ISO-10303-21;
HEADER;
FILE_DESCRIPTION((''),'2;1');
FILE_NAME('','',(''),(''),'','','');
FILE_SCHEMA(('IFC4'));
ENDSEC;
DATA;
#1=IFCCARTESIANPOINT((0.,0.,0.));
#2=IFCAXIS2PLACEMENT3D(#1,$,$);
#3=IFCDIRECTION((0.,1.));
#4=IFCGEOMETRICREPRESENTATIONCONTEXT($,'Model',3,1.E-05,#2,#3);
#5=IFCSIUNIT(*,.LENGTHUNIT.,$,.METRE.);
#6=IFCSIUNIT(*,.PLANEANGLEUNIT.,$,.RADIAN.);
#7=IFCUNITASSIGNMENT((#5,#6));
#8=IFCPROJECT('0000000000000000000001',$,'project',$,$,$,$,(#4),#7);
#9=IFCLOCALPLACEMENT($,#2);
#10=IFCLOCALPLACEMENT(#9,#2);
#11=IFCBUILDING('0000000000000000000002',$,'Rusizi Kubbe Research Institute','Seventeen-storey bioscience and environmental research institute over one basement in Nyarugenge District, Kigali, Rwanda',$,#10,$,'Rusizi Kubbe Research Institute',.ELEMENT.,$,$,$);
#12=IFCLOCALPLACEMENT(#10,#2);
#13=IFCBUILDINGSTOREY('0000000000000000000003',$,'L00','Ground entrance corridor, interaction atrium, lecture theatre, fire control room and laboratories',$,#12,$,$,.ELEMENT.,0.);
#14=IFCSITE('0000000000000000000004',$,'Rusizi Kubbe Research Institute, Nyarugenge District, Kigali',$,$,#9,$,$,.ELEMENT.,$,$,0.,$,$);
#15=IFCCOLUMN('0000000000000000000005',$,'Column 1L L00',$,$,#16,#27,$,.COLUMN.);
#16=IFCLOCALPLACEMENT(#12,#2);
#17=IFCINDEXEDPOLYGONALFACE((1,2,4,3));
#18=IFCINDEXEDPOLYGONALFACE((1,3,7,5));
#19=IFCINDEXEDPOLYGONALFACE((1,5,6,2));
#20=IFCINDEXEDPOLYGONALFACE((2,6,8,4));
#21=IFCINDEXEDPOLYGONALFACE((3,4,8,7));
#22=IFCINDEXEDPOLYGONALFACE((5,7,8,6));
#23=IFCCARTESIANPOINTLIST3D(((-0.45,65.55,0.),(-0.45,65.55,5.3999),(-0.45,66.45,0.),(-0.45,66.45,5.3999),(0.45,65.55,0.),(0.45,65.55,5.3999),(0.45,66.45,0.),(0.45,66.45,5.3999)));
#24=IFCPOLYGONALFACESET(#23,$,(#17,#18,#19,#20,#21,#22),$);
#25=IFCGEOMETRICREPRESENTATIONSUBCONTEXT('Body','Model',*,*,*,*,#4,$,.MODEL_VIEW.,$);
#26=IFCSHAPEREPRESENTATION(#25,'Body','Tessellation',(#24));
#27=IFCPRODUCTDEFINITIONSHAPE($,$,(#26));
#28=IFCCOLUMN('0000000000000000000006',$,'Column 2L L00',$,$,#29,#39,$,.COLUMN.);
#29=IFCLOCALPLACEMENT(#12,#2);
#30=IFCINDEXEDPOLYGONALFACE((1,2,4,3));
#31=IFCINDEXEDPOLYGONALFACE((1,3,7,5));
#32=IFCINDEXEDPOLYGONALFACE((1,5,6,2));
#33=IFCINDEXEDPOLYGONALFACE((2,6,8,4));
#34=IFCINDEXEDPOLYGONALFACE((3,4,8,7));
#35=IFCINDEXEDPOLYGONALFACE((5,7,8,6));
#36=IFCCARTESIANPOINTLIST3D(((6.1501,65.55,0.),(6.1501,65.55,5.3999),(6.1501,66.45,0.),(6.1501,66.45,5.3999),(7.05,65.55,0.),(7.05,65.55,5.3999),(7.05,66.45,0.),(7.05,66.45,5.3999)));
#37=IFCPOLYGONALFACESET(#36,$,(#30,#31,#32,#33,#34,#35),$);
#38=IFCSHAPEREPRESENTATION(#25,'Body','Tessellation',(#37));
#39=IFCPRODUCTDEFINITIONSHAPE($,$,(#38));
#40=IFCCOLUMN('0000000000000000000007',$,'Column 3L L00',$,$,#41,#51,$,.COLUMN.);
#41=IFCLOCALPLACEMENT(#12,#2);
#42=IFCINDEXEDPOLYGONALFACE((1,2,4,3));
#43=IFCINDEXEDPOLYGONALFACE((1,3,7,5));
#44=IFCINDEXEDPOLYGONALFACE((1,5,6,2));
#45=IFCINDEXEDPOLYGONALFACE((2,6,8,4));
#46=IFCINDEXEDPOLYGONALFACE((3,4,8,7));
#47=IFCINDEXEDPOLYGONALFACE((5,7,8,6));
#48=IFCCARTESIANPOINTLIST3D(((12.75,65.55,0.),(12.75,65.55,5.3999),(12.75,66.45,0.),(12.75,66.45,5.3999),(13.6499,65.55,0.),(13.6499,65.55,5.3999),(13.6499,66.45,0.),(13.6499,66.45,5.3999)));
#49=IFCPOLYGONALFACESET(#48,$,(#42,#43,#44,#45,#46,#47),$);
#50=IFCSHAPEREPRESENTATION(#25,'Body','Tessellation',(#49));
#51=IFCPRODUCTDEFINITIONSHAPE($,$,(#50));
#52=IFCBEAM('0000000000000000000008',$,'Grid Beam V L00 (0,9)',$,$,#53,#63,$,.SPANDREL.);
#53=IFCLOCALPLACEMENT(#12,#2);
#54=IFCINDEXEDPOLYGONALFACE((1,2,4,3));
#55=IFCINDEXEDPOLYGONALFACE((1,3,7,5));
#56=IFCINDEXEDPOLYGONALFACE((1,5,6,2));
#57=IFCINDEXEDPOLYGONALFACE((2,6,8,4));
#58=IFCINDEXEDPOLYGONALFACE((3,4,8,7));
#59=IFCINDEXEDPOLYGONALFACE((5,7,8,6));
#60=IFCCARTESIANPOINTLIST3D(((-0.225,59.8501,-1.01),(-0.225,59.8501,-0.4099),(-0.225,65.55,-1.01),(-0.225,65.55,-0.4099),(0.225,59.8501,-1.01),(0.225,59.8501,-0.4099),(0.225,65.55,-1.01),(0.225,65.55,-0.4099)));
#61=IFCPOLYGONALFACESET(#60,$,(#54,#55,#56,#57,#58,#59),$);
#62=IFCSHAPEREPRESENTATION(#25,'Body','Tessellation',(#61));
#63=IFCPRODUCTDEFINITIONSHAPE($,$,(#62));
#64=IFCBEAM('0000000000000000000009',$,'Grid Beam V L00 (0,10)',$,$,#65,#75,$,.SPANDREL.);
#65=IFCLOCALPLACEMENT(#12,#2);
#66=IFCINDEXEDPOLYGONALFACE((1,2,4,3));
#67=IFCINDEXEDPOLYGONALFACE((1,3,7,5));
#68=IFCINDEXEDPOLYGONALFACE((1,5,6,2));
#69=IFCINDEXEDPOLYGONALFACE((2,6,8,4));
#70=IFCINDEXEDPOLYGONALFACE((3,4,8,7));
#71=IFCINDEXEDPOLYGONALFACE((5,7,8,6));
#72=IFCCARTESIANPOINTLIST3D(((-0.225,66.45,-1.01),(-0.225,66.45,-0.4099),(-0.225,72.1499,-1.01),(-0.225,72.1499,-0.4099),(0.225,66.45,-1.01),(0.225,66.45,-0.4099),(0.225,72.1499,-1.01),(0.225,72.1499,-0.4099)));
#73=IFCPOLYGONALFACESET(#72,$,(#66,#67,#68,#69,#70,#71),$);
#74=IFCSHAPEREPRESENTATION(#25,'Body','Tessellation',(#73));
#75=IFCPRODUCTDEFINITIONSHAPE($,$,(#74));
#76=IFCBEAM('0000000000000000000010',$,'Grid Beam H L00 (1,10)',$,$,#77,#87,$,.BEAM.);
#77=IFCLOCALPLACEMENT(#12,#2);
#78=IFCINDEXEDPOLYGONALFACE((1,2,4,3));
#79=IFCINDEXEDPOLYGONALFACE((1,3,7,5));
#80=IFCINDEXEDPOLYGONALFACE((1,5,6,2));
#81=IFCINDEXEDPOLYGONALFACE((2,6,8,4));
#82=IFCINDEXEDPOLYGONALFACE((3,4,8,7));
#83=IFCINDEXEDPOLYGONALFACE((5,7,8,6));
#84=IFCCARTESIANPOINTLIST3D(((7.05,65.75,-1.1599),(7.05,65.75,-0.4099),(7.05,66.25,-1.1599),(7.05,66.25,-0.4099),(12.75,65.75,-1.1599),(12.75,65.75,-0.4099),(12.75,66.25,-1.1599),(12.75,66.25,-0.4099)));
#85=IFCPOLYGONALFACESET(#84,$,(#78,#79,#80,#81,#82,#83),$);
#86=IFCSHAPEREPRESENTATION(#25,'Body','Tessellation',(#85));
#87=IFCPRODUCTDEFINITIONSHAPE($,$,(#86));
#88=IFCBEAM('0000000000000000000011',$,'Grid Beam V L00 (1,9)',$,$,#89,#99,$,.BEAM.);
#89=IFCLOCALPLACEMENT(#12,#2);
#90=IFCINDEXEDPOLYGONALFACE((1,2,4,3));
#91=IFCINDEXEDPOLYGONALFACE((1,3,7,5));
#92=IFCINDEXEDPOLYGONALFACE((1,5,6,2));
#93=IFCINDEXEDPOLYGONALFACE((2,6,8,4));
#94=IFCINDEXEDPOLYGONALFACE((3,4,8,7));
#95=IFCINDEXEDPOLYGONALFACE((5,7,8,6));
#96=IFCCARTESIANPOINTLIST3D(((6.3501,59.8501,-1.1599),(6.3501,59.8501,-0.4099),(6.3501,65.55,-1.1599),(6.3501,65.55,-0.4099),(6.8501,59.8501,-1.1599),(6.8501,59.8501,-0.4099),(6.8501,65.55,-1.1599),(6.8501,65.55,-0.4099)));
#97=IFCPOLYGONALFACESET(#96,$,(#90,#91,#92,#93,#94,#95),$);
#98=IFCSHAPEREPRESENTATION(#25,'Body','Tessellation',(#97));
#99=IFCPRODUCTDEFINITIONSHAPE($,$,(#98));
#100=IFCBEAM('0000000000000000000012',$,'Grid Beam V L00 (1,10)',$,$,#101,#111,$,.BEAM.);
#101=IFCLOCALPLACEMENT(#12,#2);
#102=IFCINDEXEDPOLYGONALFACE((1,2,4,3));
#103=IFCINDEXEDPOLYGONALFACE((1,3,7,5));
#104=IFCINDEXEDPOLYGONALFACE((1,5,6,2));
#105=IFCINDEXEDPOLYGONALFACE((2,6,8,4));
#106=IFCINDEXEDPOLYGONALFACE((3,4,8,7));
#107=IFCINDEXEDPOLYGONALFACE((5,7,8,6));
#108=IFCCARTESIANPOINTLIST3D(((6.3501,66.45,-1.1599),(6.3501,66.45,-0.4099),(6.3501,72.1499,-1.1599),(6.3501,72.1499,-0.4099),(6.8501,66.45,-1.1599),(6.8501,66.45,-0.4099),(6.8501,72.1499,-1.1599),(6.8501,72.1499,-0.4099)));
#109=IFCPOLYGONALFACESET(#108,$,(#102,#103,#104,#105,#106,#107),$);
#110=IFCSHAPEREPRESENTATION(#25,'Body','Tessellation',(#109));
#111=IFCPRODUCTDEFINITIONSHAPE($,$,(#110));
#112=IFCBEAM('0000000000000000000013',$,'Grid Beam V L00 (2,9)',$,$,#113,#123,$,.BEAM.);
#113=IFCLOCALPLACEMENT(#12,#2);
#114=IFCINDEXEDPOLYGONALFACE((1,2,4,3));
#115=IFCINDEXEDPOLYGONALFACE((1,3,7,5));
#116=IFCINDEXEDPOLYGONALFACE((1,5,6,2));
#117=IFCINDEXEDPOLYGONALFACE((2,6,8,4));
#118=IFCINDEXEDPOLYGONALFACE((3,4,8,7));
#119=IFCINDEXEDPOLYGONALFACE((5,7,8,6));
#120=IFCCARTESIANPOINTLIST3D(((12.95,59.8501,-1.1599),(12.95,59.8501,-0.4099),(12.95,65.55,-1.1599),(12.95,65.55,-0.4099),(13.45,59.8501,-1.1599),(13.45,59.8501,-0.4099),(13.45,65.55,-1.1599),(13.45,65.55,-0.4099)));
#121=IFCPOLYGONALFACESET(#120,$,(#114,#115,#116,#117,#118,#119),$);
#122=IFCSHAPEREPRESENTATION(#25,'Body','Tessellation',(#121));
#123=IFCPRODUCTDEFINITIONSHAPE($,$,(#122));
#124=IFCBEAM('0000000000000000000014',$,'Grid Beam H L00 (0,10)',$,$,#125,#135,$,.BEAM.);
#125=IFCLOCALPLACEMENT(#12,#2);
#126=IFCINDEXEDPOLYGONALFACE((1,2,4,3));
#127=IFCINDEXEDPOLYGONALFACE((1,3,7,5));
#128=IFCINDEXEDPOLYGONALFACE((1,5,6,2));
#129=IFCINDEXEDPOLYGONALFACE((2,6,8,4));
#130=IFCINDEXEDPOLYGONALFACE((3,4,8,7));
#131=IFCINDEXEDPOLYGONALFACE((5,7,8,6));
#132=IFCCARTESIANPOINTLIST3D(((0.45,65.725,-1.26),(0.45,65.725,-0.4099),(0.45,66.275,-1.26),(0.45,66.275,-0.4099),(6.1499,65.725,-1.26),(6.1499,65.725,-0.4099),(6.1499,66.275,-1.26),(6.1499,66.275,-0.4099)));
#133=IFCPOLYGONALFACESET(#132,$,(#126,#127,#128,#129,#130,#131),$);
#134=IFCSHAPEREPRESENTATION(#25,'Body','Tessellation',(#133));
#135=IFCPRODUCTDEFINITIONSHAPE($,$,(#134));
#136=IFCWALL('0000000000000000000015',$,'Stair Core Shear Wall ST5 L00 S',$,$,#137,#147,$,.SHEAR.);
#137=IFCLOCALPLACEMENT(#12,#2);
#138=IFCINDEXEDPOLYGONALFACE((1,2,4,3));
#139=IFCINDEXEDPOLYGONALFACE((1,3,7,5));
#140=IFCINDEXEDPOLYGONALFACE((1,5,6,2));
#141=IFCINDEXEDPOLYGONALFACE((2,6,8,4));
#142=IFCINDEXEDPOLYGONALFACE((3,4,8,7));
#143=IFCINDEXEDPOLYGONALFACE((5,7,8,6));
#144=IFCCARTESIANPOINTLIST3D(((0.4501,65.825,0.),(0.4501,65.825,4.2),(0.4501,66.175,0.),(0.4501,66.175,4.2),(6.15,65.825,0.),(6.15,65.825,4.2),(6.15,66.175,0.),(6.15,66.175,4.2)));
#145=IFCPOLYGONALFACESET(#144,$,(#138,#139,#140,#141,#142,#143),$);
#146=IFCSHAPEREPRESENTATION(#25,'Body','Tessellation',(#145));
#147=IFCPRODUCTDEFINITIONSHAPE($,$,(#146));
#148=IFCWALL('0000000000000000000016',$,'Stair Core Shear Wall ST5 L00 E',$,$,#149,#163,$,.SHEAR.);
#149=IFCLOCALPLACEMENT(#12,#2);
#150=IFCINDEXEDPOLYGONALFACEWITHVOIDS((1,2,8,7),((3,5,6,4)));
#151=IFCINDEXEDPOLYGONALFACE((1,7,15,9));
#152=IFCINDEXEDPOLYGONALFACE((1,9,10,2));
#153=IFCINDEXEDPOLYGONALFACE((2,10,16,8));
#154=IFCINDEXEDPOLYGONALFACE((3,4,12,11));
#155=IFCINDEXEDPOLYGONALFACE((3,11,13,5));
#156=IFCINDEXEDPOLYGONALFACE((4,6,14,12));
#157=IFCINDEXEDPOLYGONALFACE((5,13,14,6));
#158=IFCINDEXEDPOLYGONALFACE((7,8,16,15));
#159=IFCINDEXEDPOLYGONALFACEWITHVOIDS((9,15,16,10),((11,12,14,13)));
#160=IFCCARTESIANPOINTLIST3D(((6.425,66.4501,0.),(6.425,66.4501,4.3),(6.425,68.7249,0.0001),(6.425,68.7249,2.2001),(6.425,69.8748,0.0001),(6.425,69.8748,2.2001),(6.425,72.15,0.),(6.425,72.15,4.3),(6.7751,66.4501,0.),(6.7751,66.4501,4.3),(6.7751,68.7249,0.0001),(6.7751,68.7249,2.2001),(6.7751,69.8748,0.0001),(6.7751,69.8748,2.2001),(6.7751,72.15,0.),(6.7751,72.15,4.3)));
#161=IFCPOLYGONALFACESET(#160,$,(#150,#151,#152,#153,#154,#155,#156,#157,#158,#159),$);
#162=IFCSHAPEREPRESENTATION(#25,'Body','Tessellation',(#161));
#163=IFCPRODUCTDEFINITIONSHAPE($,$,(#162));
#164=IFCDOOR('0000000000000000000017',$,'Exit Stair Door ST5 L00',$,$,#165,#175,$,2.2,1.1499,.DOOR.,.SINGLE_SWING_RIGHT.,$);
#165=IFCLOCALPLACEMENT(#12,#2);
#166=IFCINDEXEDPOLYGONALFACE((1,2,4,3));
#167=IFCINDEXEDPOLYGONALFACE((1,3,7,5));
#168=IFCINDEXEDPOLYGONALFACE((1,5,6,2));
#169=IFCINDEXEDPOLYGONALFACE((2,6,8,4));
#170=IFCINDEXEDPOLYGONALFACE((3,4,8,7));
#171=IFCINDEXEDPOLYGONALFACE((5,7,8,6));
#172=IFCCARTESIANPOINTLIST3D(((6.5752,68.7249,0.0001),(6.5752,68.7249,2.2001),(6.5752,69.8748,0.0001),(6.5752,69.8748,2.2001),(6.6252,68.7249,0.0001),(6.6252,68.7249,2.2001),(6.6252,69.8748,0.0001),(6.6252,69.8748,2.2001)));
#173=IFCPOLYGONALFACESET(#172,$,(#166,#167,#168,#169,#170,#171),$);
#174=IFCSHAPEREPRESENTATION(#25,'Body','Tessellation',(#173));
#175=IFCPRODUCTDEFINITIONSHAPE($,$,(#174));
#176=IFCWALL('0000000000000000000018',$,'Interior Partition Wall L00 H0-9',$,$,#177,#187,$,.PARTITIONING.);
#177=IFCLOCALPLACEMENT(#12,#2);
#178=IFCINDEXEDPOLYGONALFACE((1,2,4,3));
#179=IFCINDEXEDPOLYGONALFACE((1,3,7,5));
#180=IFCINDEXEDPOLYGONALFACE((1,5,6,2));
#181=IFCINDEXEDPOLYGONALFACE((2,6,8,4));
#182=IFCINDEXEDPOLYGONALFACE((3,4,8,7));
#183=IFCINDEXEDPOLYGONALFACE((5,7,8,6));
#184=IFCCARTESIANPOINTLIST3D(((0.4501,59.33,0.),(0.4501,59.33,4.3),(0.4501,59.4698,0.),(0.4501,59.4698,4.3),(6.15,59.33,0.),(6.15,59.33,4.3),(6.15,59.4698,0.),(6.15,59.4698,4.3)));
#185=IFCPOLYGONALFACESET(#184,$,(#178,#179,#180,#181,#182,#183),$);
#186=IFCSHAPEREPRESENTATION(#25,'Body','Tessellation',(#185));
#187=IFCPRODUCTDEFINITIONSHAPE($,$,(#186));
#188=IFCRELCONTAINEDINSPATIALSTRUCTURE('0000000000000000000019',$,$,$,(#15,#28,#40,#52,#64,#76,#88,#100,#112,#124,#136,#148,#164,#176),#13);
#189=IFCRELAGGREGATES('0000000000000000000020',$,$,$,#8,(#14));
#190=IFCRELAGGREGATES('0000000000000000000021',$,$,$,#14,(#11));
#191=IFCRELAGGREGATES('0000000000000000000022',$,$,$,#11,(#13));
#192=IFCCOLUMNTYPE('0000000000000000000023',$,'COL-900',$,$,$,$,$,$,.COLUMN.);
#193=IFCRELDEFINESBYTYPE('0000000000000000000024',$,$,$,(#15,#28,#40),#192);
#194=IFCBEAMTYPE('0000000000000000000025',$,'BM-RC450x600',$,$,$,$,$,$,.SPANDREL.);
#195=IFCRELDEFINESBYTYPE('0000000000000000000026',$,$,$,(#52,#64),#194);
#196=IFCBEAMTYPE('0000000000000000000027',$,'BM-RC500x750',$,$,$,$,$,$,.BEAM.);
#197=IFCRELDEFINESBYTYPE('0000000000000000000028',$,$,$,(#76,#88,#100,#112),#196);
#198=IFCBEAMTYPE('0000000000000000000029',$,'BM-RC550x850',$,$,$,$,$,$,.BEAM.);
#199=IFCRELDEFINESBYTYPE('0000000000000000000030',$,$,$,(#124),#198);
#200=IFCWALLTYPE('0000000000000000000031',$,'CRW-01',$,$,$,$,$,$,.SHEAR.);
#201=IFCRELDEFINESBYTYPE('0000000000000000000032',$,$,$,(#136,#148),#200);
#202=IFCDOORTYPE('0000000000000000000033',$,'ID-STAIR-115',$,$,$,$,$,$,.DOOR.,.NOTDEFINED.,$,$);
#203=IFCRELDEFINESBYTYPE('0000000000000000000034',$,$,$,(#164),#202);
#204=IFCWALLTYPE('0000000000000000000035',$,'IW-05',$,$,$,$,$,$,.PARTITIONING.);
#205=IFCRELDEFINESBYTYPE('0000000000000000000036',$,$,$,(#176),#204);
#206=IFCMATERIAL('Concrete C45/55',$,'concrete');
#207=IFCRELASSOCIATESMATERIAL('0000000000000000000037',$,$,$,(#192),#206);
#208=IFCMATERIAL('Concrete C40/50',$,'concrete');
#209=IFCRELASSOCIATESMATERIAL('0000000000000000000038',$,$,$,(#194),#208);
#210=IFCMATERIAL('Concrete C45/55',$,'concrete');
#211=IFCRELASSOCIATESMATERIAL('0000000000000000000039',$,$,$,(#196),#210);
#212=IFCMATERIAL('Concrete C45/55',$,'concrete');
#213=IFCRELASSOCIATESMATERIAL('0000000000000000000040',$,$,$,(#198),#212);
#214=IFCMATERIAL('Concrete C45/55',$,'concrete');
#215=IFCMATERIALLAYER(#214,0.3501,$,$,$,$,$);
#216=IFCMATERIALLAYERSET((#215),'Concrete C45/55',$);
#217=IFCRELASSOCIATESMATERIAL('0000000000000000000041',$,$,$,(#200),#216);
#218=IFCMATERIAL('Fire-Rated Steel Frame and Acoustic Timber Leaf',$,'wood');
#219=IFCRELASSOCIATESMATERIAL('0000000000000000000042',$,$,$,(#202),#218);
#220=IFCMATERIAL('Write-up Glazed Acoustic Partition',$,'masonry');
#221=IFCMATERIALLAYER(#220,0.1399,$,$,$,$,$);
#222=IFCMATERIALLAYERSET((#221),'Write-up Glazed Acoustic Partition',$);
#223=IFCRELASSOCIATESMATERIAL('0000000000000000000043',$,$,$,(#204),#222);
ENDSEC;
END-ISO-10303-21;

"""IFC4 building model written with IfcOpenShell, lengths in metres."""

from ifc_helpers import new_model, si_unit, direction, frame, frame_2d, origin, origin_2d, place, context, subcontext, project, spatial, rectangle, extrude, material, layer, layer_set, material_profile, profile_set, type_object, element, fill, save


model = new_model("IFC4")

# Units and contexts
model_context = context("Model", 3, precision=1e-05, world=origin(), true_north=direction((0.0, 1.0)))
body_context = subcontext(model_context, "Body", "Model", "MODEL_VIEW")
ifc_project = project(units=[si_unit("LENGTHUNIT", "METRE"), si_unit("PLANEANGLEUNIT", "RADIAN")], contexts=[model_context])

# Site, building, storey
site_placement = place(None, origin())
site = spatial("IfcSite", under=ifc_project, at=site_placement, Name="Rusizi Kubbe Research Institute, Nyarugenge District, Kigali", CompositionType="ELEMENT", RefElevation=0.0)
building_placement = place(site_placement, origin())
building = spatial("IfcBuilding", under=site, at=building_placement, Name="Rusizi Kubbe Research Institute", Description="Seventeen-storey bioscience and environmental research institute over one basement in Nyarugenge District, Kigali, Rwanda", LongName="Rusizi Kubbe Research Institute", CompositionType="ELEMENT")
storey_placement = place(building_placement, origin())
storey = spatial("IfcBuildingStorey", under=building, at=storey_placement, Name="L00", Description="Ground entrance corridor, interaction atrium, lecture theatre, fire control room and laboratories", CompositionType="ELEMENT", Elevation=0.0)

# Columns
ifc_material_1 = material(Name="Concrete C45/55", Category="concrete")
ifc_material_profile_1 = material_profile(ifc_material_1, rectangle(XDim=0.8999, YDim=0.8999, at=origin_2d()), Name="RC900x900")
ifc_profile_set_1 = profile_set([ifc_material_profile_1], Name="Concrete C45/55")
column_type = type_object("IfcColumnType", Name="COL-900", PredefinedType="COLUMN", material=ifc_profile_set_1)
for number, where, z_axis, x_axis, name in (
    (1, (0.0, 66.0, 0.0), (0.0, 0.0, 1.0), (1.0, 0.0, 0.0), "Column 1L L00"),
    (2, (6.6001, 66.0, 0.0), (0.0, 0.0, 1.0), (1.0, 0.0, 0.0), "Column 2L L00"),
    (3, (13.2, 66.0, 0.0), (0.0, 0.0, 1.0), (1.0, 0.0, 0.0), "Column 3L L00"),
):
    element("IfcColumn", number, at=place(storey_placement, frame(where, z_axis=z_axis, x_axis=x_axis)), inside=storey, type_object=column_type, Name=name, PredefinedType="COLUMN", context=body_context, shape_type="SweptSolid", body=[
        extrude(rectangle(XDim=0.8999, YDim=0.8999, at=origin_2d()), origin(), (0.0, 0.0, 1.0), 5.3999),
    ])

# Beams
ifc_material_2 = material(Name="Concrete C40/50", Category="concrete")
ifc_material_profile_2 = material_profile(ifc_material_2, rectangle(XDim=0.45, YDim=0.6001, at=origin_2d()), Name="RC450x600")
ifc_profile_set_2 = profile_set([ifc_material_profile_2], Name="Concrete C40/50")
beam_type_1 = type_object("IfcBeamType", Name="BM-RC450x600", PredefinedType="SPANDREL", material=ifc_profile_set_2)
for number, where, z_axis, x_axis, name in (
    (4, (0.0, 59.8501, -0.71), (0.0, 1.0, 0.0), (-1.0, 0.0, 0.0), "Grid Beam V L00 (0,9)"),
    (5, (0.0, 66.45, -0.71), (0.0, 1.0, 0.0), (-1.0, 0.0, 0.0), "Grid Beam V L00 (0,10)"),
):
    element("IfcBeam", number, at=place(storey_placement, frame(where, z_axis=z_axis, x_axis=x_axis)), inside=storey, type_object=beam_type_1, Name=name, PredefinedType="SPANDREL", context=body_context, shape_type="SweptSolid", body=[
        extrude(rectangle(XDim=0.45, YDim=0.6001, at=origin_2d()), origin(), (0.0, 0.0, 1.0), 5.7),
    ])
ifc_material_3 = material(Name="Concrete C45/55", Category="concrete")
ifc_material_profile_3 = material_profile(ifc_material_3, rectangle(XDim=0.5, YDim=0.75, at=origin_2d()), Name="RC500x750B")
ifc_profile_set_3 = profile_set([ifc_material_profile_3], Name="Concrete C45/55")
beam_type_2 = type_object("IfcBeamType", Name="BM-RC500x750", PredefinedType="BEAM", material=ifc_profile_set_3)
for number, where, z_axis, x_axis, name in (
    (6, (7.05, 66.0, -0.7849), (1.0, 0.0, 0.0), (0.0, 1.0, 0.0), "Grid Beam H L00 (1,10)"),
    (7, (6.6001, 59.8501, -0.7849), (0.0, 1.0, 0.0), (-1.0, 0.0, 0.0), "Grid Beam V L00 (1,9)"),
    (8, (6.6001, 66.45, -0.7849), (0.0, 1.0, 0.0), (-1.0, 0.0, 0.0), "Grid Beam V L00 (1,10)"),
    (9, (13.2, 59.8501, -0.7849), (0.0, 1.0, 0.0), (-1.0, 0.0, 0.0), "Grid Beam V L00 (2,9)"),
):
    element("IfcBeam", number, at=place(storey_placement, frame(where, z_axis=z_axis, x_axis=x_axis)), inside=storey, type_object=beam_type_2, Name=name, PredefinedType="BEAM", context=body_context, shape_type="SweptSolid", body=[
        extrude(rectangle(XDim=0.5, YDim=0.75, at=origin_2d()), origin(), (0.0, 0.0, 1.0), 5.7),
    ])
ifc_material_4 = material(Name="Concrete C45/55", Category="concrete")
ifc_material_profile_4 = material_profile(ifc_material_4, rectangle(XDim=0.55, YDim=0.8501, at=origin_2d()), Name="RC550x850")
ifc_profile_set_4 = profile_set([ifc_material_profile_4], Name="Concrete C45/55")
beam_type_3 = type_object("IfcBeamType", Name="BM-RC550x850", PredefinedType="BEAM", material=ifc_profile_set_4)
beam_placement = place(storey_placement, frame((0.45, 66.0, -0.835), z_axis=(1.0, 0.0, 0.0), x_axis=(0.0, 1.0, 0.0)))
element("IfcBeam", 10, at=beam_placement, inside=storey, type_object=beam_type_3, Name="Grid Beam H L00 (0,10)", PredefinedType="BEAM", context=body_context, shape_type="SweptSolid", body=[
    extrude(rectangle(XDim=0.55, YDim=0.8501, at=origin_2d()), origin(), (0.0, 0.0, 1.0), 5.7),
])

# Wall
ifc_material_5 = material(Name="Concrete C45/55", Category="concrete")
ifc_layer_1 = layer(ifc_material_5, 0.3501)
ifc_layer_set_1 = layer_set([ifc_layer_1], Name="Concrete C45/55")
wall_type_1 = type_object("IfcWallType", Name="CRW-01", PredefinedType="SHEAR", material=ifc_layer_set_1)
wall_1_placement = place(storey_placement, frame((0.45, 66.0, 0.0), z_axis=(0.0, 0.0, 1.0), x_axis=(1.0, 0.0, 0.0)))
element("IfcWall", 11, at=wall_1_placement, inside=storey, type_object=wall_type_1, Name="Stair Core Shear Wall ST5 L00 S", PredefinedType="SHEAR", context=body_context, shape_type="SweptSolid", body=[
    extrude(rectangle(XDim=5.7, YDim=0.3501, at=frame_2d((2.8501, 0.0))), origin(), (0.0, 0.0, 1.0), 4.2),
])

# Wall, opening, door
wall_2_placement = place(storey_placement, frame((6.6001, 66.45, 0.0), z_axis=(0.0, 0.0, 1.0), x_axis=(0.0, 1.0, 0.0)))
wall_2 = element("IfcWall", 12, at=wall_2_placement, inside=storey, type_object=wall_type_1, Name="Stair Core Shear Wall ST5 L00 E", PredefinedType="SHEAR", context=body_context, shape_type="SweptSolid", body=[
    extrude(rectangle(XDim=5.7, YDim=0.3501, at=frame_2d((2.8501, 0.0))), origin(), (0.0, 0.0, 1.0), 4.3),
])
opening_1_placement = place(wall_2_placement, frame((2.2749, 0.0, 0.0)))
opening_1 = element("IfcOpeningElement", 13, at=opening_1_placement, cuts=wall_2, PredefinedType="OPENING", context=body_context, shape_type="SweptSolid", body=[
    extrude(rectangle(XDim=1.1499, YDim=2.2, at=frame_2d((0.575, 1.1001))), frame((0.0, 0.1851, 0.0), z_axis=(0.0, -1.0, 0.0), x_axis=(1.0, 0.0, 0.0)), (0.0, 0.0, 1.0), 0.3701),
])
ifc_material_6 = material(Name="Fire-Rated Steel Frame and Acoustic Timber Leaf", Category="wood")
door_type_1 = type_object("IfcDoorType", Name="ID-STAIR-115", OperationType="NOTDEFINED", PredefinedType="DOOR", material=ifc_material_6)
door_1_placement = place(opening_1_placement, origin())
door_1 = element("IfcDoor", 14, at=door_1_placement, inside=storey, type_object=door_type_1, Name="Exit Stair Door ST5 L00", OperationType="SINGLE_SWING_RIGHT", OverallHeight=2.2, OverallWidth=1.1499, PredefinedType="DOOR", context=body_context, shape_type="SweptSolid", body=[
    extrude(rectangle(XDim=1.1499, YDim=2.2, at=frame_2d((0.575, 1.1001))), frame((0.0, 0.0249, 0.0), z_axis=(0.0, -1.0, 0.0), x_axis=(1.0, 0.0, 0.0)), (0.0, 0.0, 1.0), 0.05),
])
fill(opening_1, door_1)

# Wall
ifc_material_7 = material(Name="Write-up Glazed Acoustic Partition", Category="masonry")
ifc_layer_2 = layer(ifc_material_7, 0.1399)
ifc_layer_set_2 = layer_set([ifc_layer_2], Name="Write-up Glazed Acoustic Partition")
wall_type_2 = type_object("IfcWallType", Name="IW-05", PredefinedType="PARTITIONING", material=ifc_layer_set_2)
wall_3_placement = place(storey_placement, frame((0.45, 59.3999, 0.0), z_axis=(0.0, 0.0, 1.0), x_axis=(1.0, 0.0, 0.0)))
element("IfcWall", 15, at=wall_3_placement, inside=storey, type_object=wall_type_2, Name="Interior Partition Wall L00 H0-9", PredefinedType="PARTITIONING", context=body_context, shape_type="SweptSolid", body=[
    extrude(rectangle(XDim=5.7, YDim=0.1399, at=frame_2d((2.8501, 0.0))), origin(), (0.0, 0.0, 1.0), 4.3),
])

save(model, "model.ifc")
